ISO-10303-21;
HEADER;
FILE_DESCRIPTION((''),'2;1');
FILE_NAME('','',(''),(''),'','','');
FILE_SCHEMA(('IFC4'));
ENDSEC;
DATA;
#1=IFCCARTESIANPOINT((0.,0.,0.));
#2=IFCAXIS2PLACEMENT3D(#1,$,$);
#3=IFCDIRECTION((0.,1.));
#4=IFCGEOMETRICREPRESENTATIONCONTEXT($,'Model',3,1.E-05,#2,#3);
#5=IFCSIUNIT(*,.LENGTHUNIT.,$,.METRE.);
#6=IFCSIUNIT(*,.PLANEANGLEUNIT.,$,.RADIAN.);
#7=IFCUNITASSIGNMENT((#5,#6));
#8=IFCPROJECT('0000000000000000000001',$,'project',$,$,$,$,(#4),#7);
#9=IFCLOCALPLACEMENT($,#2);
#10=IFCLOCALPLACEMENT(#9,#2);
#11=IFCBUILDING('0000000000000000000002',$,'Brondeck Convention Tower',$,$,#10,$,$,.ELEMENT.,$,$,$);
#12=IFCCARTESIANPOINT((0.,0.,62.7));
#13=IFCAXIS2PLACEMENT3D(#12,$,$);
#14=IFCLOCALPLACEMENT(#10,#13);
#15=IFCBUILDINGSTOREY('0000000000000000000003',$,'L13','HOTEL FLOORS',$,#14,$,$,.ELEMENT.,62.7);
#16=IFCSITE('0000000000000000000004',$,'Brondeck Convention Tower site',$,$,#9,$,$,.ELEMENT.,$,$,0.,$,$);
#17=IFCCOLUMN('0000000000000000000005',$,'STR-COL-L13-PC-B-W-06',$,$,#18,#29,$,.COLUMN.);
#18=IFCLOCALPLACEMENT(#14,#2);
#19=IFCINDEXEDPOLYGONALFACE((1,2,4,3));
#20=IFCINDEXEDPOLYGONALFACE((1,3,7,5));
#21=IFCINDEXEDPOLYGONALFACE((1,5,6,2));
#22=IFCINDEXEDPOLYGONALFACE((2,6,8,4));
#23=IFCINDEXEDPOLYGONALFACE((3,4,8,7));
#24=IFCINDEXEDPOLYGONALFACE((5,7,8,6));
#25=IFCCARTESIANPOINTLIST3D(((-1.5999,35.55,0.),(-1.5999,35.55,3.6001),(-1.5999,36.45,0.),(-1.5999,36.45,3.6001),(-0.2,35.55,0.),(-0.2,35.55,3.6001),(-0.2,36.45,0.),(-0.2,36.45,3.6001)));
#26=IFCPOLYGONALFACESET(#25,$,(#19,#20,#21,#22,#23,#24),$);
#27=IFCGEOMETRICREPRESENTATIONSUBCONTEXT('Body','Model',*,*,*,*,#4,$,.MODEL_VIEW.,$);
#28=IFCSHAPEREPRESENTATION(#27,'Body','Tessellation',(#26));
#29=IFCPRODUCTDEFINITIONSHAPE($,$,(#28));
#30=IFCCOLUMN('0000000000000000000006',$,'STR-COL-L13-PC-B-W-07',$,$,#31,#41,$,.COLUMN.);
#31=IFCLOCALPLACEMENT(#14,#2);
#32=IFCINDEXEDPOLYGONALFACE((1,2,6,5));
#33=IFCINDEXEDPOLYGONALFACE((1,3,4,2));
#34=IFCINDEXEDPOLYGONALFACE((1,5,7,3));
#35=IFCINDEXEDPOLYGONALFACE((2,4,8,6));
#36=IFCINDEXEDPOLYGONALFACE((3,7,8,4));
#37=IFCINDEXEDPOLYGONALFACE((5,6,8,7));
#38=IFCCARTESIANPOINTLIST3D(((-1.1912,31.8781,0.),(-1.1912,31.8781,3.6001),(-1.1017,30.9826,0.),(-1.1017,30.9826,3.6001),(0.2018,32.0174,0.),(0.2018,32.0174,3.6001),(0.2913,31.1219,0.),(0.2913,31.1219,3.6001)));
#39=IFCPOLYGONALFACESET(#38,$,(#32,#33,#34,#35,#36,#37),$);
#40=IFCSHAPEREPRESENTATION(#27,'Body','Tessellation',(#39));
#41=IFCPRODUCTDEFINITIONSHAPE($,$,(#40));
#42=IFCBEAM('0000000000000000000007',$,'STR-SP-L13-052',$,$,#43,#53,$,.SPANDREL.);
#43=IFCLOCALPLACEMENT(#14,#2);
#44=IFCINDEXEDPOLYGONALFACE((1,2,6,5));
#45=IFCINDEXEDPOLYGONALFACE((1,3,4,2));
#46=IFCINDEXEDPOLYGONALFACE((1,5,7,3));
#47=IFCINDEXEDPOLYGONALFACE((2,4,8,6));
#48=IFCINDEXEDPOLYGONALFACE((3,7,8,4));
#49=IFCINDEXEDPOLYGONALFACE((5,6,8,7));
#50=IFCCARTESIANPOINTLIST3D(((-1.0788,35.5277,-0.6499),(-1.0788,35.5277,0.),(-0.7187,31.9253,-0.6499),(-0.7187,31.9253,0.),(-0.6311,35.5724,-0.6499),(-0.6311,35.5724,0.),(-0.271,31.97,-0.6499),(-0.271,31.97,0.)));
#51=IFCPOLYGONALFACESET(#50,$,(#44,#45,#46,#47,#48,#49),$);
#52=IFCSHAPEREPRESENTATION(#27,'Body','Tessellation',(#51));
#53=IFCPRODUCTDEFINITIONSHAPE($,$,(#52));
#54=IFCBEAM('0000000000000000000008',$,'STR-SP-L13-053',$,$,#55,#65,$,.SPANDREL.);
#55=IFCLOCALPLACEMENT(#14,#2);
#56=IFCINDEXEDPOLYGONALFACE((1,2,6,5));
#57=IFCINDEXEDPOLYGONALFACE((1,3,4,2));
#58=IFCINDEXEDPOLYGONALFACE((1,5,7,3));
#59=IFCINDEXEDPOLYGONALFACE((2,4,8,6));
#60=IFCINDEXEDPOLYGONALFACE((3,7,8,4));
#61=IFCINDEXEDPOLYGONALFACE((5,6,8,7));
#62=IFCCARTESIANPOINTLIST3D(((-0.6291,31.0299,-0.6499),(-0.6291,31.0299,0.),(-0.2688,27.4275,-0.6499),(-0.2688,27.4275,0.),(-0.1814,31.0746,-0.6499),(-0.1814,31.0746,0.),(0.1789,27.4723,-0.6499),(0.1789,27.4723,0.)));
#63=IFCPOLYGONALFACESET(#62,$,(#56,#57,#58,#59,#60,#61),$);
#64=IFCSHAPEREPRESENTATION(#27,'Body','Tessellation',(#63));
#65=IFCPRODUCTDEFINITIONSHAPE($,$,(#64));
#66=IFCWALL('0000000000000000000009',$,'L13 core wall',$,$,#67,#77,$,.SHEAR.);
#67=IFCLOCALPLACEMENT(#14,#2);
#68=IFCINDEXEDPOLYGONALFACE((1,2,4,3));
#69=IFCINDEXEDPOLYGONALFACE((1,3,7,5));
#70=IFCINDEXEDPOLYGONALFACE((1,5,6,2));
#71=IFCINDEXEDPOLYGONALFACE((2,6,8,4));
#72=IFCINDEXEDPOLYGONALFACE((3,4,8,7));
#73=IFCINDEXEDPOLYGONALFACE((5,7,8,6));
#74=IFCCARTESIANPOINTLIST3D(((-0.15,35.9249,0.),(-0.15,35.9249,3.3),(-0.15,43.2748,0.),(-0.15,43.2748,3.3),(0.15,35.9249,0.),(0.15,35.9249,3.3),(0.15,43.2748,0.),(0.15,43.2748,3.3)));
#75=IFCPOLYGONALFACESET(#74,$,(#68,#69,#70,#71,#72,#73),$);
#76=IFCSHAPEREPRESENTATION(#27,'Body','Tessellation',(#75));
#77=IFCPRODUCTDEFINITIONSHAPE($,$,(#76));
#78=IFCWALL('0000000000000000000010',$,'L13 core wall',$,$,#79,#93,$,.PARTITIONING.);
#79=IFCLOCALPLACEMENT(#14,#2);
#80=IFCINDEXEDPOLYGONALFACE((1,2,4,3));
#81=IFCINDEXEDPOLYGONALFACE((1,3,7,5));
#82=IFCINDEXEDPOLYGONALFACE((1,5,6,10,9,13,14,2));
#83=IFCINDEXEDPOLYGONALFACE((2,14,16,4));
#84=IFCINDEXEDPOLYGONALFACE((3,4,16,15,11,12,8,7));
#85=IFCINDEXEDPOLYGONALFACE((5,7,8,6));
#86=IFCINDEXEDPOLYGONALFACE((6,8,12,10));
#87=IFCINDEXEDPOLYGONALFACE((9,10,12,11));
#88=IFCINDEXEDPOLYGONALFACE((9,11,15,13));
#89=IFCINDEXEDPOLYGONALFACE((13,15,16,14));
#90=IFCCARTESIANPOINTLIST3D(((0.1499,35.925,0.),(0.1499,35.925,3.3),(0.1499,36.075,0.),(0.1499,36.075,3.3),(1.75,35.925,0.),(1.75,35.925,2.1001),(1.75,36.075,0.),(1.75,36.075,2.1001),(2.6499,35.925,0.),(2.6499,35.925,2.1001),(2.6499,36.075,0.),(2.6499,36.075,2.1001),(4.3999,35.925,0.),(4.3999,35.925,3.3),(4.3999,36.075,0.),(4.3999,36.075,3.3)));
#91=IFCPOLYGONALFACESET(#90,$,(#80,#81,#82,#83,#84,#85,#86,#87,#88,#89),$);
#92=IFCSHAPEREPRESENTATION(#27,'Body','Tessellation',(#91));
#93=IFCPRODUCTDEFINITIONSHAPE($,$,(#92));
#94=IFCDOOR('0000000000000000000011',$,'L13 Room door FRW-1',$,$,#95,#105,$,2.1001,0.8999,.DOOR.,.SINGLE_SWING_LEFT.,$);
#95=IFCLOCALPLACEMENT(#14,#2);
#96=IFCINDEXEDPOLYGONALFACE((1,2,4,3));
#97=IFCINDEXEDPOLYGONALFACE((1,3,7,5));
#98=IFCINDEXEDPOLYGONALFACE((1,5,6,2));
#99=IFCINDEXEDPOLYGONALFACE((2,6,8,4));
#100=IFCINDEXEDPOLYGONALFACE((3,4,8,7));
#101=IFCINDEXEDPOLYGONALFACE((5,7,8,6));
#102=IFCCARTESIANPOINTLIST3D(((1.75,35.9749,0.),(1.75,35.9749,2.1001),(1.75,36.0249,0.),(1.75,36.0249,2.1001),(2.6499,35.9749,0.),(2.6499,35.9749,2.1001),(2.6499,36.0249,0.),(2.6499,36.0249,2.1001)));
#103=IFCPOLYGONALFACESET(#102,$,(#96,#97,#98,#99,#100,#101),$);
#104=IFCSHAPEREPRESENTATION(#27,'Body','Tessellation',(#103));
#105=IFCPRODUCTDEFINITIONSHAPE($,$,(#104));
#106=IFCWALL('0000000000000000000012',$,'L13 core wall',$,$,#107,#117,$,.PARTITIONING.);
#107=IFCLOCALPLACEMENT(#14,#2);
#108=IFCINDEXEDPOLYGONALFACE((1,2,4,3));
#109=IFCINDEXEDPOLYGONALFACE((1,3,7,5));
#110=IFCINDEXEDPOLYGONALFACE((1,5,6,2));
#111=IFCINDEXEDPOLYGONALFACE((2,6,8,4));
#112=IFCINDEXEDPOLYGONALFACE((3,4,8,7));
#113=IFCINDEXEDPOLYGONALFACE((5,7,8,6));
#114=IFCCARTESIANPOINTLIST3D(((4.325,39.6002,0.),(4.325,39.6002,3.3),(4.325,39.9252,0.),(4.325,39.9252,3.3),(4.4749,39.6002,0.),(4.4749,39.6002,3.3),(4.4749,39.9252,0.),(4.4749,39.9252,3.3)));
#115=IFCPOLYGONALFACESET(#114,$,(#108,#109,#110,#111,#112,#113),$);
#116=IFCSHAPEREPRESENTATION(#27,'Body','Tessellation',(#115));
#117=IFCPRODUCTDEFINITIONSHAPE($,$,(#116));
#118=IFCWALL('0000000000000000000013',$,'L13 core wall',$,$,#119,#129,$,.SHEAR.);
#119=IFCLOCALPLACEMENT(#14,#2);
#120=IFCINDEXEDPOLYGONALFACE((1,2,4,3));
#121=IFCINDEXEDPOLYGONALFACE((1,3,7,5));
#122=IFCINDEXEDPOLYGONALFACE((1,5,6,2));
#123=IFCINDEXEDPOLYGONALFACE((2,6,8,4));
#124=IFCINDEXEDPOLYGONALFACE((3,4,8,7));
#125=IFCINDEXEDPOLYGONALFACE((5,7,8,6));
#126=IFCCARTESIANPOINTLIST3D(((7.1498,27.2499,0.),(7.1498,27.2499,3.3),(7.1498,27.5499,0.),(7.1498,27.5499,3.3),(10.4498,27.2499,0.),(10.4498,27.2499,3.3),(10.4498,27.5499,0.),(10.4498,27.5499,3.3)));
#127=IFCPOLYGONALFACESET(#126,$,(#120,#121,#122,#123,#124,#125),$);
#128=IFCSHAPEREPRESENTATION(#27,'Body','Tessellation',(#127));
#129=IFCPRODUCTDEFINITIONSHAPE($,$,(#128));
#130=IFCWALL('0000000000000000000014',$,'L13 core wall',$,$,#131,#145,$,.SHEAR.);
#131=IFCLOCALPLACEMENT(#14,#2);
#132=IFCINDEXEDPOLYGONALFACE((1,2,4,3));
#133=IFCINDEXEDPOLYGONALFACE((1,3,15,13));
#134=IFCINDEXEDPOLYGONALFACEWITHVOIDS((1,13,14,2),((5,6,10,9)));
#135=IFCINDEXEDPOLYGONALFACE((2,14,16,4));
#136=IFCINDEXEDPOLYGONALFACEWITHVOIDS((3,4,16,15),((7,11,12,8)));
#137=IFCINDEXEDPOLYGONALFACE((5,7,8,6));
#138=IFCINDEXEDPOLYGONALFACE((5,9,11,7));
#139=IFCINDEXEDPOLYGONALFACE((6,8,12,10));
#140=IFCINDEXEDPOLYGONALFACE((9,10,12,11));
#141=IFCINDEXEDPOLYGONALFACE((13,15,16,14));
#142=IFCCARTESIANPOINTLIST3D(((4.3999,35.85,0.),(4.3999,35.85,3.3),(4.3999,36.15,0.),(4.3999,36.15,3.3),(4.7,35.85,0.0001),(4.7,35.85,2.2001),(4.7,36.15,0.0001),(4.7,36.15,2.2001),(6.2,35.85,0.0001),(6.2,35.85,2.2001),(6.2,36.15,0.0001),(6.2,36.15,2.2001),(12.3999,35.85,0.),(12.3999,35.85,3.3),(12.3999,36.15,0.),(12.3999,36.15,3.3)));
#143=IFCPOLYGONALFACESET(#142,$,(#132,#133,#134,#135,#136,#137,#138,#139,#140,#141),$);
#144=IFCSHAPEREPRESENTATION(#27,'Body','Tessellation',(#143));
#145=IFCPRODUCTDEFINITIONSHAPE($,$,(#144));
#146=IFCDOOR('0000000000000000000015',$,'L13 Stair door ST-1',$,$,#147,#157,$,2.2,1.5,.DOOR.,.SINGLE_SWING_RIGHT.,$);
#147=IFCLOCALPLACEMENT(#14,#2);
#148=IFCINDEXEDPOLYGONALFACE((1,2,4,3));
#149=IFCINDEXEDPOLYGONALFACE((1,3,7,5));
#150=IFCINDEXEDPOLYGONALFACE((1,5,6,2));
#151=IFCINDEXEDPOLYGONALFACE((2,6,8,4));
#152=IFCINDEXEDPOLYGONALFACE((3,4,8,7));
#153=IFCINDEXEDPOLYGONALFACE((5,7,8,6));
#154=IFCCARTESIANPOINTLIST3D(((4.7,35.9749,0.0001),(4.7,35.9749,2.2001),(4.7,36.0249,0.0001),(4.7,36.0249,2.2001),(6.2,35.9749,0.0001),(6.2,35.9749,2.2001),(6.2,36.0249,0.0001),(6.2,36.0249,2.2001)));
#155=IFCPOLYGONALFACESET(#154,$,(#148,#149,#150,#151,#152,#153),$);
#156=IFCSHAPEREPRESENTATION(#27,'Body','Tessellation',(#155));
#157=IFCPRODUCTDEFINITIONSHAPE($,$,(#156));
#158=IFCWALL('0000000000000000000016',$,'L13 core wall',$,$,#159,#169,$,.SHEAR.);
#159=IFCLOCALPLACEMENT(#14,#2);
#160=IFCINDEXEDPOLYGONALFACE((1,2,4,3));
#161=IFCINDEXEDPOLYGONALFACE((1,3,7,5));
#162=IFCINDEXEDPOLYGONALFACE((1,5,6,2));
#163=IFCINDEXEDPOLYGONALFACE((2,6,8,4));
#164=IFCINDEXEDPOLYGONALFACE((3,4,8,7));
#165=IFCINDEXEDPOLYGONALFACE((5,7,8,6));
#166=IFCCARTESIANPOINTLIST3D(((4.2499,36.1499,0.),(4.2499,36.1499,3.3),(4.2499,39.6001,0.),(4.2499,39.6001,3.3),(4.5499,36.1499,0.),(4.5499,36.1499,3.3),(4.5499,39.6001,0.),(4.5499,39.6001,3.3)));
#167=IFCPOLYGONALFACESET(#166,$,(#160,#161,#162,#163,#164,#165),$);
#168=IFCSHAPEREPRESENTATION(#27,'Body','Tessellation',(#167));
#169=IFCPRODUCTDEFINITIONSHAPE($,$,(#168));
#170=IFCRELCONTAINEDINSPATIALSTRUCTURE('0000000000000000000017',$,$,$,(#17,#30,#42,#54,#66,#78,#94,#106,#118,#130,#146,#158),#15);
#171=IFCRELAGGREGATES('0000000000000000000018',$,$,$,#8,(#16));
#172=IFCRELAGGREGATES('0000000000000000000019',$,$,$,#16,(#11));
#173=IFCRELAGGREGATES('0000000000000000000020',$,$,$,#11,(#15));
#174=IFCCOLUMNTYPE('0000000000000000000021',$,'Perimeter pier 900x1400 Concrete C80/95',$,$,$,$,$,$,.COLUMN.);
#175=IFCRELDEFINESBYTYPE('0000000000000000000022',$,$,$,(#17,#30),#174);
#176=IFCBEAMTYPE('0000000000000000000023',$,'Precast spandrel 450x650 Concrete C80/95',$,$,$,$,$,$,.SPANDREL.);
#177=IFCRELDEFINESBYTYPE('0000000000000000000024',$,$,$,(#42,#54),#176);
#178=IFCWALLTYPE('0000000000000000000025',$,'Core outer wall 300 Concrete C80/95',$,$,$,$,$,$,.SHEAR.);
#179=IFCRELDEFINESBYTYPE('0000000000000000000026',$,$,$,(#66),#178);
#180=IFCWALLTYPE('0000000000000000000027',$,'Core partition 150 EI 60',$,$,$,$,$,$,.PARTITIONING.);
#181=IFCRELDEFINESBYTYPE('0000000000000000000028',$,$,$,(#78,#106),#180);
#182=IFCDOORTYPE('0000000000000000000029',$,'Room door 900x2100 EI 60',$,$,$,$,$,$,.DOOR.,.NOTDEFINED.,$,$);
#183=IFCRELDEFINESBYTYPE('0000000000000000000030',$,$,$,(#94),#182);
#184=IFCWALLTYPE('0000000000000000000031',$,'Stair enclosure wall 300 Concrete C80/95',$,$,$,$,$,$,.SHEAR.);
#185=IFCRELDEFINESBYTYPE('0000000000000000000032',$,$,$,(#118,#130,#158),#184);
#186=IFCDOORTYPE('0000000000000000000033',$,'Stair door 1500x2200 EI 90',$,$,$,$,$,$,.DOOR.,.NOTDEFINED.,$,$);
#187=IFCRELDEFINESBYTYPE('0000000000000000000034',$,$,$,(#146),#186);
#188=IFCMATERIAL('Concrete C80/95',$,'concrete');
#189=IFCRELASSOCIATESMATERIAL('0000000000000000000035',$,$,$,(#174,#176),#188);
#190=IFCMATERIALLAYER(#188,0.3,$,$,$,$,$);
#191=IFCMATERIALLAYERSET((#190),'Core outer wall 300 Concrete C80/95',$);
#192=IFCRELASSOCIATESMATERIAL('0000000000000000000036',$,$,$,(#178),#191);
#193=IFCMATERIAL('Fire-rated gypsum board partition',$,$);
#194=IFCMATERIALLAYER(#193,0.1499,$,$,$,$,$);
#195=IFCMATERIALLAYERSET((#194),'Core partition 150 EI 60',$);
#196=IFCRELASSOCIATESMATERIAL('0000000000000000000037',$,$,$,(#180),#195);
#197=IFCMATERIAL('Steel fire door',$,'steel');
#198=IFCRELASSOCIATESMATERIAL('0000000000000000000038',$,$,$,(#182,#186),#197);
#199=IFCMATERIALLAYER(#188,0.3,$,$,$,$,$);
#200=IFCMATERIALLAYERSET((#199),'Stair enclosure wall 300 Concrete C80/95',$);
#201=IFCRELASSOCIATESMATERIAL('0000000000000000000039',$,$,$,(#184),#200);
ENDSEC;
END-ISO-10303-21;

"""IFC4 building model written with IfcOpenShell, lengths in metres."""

from ifc_helpers import new_model, si_unit, direction, frame, frame_2d, origin, origin_2d, place, context, subcontext, project, spatial, rectangle, extrude, material, layer, layer_set, material_profile, profile_set, type_object, element, fill, save


model = new_model("IFC4")

# Units and contexts
model_context = context("Model", 3, precision=1e-05, world=origin(), true_north=direction((0.0, 1.0)))
body_context = subcontext(model_context, "Body", "Model", "MODEL_VIEW")
ifc_project = project(units=[si_unit("LENGTHUNIT", "METRE"), si_unit("PLANEANGLEUNIT", "RADIAN")], contexts=[model_context])

# Site, building, storey
site_placement = place(None, origin())
site = spatial("IfcSite", under=ifc_project, at=site_placement, Name="Brondeck Convention Tower site", CompositionType="ELEMENT", RefElevation=0.0)
building_placement = place(site_placement, origin())
building = spatial("IfcBuilding", under=site, at=building_placement, Name="Brondeck Convention Tower", CompositionType="ELEMENT")
storey_placement = place(building_placement, frame((0.0, 0.0, 62.7)))
storey = spatial("IfcBuildingStorey", under=building, at=storey_placement, Name="L13", Description="HOTEL FLOORS", CompositionType="ELEMENT", Elevation=62.7)

# Columns
ifc_material_1 = material(Name="Concrete C80/95", Category="concrete")
ifc_material_profile_1 = material_profile(ifc_material_1, rectangle(XDim=0.8999, YDim=1.3999, at=origin_2d()), Name="Perimeter pier 900x1400 Concrete C80/95")
ifc_profile_set_1 = profile_set([ifc_material_profile_1], Name="Concrete C80/95")
column_type = type_object("IfcColumnType", Name="Perimeter pier 900x1400 Concrete C80/95", PredefinedType="COLUMN", material=ifc_profile_set_1)
for number, where, z_axis, x_axis, name in (
    (1, (-0.8999, 36.0, 0.0), (0.0, 0.0, 1.0), (0.0, -1.0, 0.0), "STR-COL-L13-PC-B-W-06"),
    (2, (-0.45, 31.5, 0.0), (0.0, 0.0, 1.0), (0.099504, -0.995037, 0.0), "STR-COL-L13-PC-B-W-07"),
):
    element("IfcColumn", number, at=place(storey_placement, frame(where, z_axis=z_axis, x_axis=x_axis)), inside=storey, type_object=column_type, Name=name, PredefinedType="COLUMN", context=body_context, shape_type="SweptSolid", body=[
        extrude(rectangle(XDim=0.8999, YDim=1.3999, at=origin_2d()), origin(), (0.0, 0.0, 1.0), 3.6001),
    ])

# Beams
ifc_material_profile_2 = material_profile(ifc_material_1, rectangle(XDim=0.45, YDim=0.6499, at=origin_2d()), Name="Precast spandrel 450x650 Concrete C80/95")
ifc_profile_set_2 = profile_set([ifc_material_profile_2], Name="Concrete C80/95")
beam_type = type_object("IfcBeamType", Name="Precast spandrel 450x650 Concrete C80/95", PredefinedType="SPANDREL", material=ifc_profile_set_2)
for number, where, z_axis, x_axis, name in (
    (3, (-0.855, 35.55, -0.325), (0.09947, -0.995041, 0.0), (0.995041, 0.09947, 0.0), "STR-SP-L13-052"),
    (4, (-0.4053, 31.0522, -0.325), (0.099537, -0.995034, 0.0), (0.995034, 0.099537, 0.0), "STR-SP-L13-053"),
):
    element("IfcBeam", number, at=place(storey_placement, frame(where, z_axis=z_axis, x_axis=x_axis)), inside=storey, type_object=beam_type, Name=name, PredefinedType="SPANDREL", context=body_context, shape_type="SweptSolid", body=[
        extrude(rectangle(XDim=0.45, YDim=0.6499, at=origin_2d()), origin(), (0.0, 0.0, 1.0), 3.6204),
    ])

# Wall
ifc_layer_1 = layer(ifc_material_1, 0.3)
ifc_layer_set_1 = layer_set([ifc_layer_1], Name="Core outer wall 300 Concrete C80/95")
wall_type_1 = type_object("IfcWallType", Name="Core outer wall 300 Concrete C80/95", PredefinedType="SHEAR", material=ifc_layer_set_1)
wall_1_placement = place(storey_placement, frame((0.0, 35.925, 0.0), z_axis=(0.0, 0.0, 1.0), x_axis=(0.0, 1.0, 0.0)))
element("IfcWall", 5, at=wall_1_placement, inside=storey, type_object=wall_type_1, Name="L13 core wall", PredefinedType="SHEAR", context=body_context, shape_type="SweptSolid", body=[
    extrude(rectangle(XDim=7.3499, YDim=0.3, at=frame_2d((3.6748, 0.0))), origin(), (0.0, 0.0, 1.0), 3.3),
])

# Wall, opening, door
ifc_material_2 = material(Name="Fire-rated gypsum board partition")
ifc_layer_2 = layer(ifc_material_2, 0.1499)
ifc_layer_set_2 = layer_set([ifc_layer_2], Name="Core partition 150 EI 60")
wall_type_2 = type_object("IfcWallType", Name="Core partition 150 EI 60", PredefinedType="PARTITIONING", material=ifc_layer_set_2)
wall_2_placement = place(storey_placement, frame((0.1499, 36.0, 0.0), z_axis=(0.0, 0.0, 1.0), x_axis=(1.0, 0.0, 0.0)))
wall_2 = element("IfcWall", 6, at=wall_2_placement, inside=storey, type_object=wall_type_2, Name="L13 core wall", PredefinedType="PARTITIONING", context=body_context, shape_type="SweptSolid", body=[
    extrude(rectangle(XDim=4.25, YDim=0.1499, at=frame_2d((2.125, 0.0))), origin(), (0.0, 0.0, 1.0), 3.3),
])
opening_1_placement = place(wall_2_placement, frame((1.6001, 0.0, 0.0)))
opening_1 = element("IfcOpeningElement", 7, at=opening_1_placement, cuts=wall_2, PredefinedType="OPENING", context=body_context, shape_type="SweptSolid", body=[
    extrude(rectangle(XDim=0.8999, YDim=2.1001, at=frame_2d((0.45, 1.05))), frame((0.0, 0.085, 0.0), z_axis=(0.0, -1.0, 0.0), x_axis=(1.0, 0.0, 0.0)), (0.0, 0.0, 1.0), 0.1699),
])
ifc_material_3 = material(Name="Steel fire door", Category="steel")
door_type_1 = type_object("IfcDoorType", Name="Room door 900x2100 EI 60", OperationType="NOTDEFINED", PredefinedType="DOOR", material=ifc_material_3)
door_1_placement = place(opening_1_placement, origin())
door_1 = element("IfcDoor", 8, at=door_1_placement, inside=storey, type_object=door_type_1, Name="L13 Room door FRW-1", OperationType="SINGLE_SWING_LEFT", OverallHeight=2.1001, OverallWidth=0.8999, PredefinedType="DOOR", context=body_context, shape_type="SweptSolid", body=[
    extrude(rectangle(XDim=0.8999, YDim=2.1001, at=frame_2d((0.45, 1.05))), frame((0.0, 0.0249, 0.0), z_axis=(0.0, -1.0, 0.0), x_axis=(1.0, 0.0, 0.0)), (0.0, 0.0, 1.0), 0.05),
])
fill(opening_1, door_1)

# Walls
wall_3_placement = place(storey_placement, frame((4.3999, 39.6001, 0.0), z_axis=(0.0, 0.0, 1.0), x_axis=(0.0, 1.0, 0.0)))
element("IfcWall", 9, at=wall_3_placement, inside=storey, type_object=wall_type_2, Name="L13 core wall", PredefinedType="PARTITIONING", context=body_context, shape_type="SweptSolid", body=[
    extrude(rectangle(XDim=0.325, YDim=0.1499, at=frame_2d((0.1626, 0.0))), origin(), (0.0, 0.0, 1.0), 3.3),
])
ifc_layer_3 = layer(ifc_material_1, 0.3)
ifc_layer_set_3 = layer_set([ifc_layer_3], Name="Stair enclosure wall 300 Concrete C80/95")
wall_type_3 = type_object("IfcWallType", Name="Stair enclosure wall 300 Concrete C80/95", PredefinedType="SHEAR", material=ifc_layer_set_3)
wall_4_placement = place(storey_placement, frame((7.1499, 27.3999, 0.0), z_axis=(0.0, 0.0, 1.0), x_axis=(1.0, 0.0, 0.0)))
element("IfcWall", 10, at=wall_4_placement, inside=storey, type_object=wall_type_3, Name="L13 core wall", PredefinedType="SHEAR", context=body_context, shape_type="SweptSolid", body=[
    extrude(rectangle(XDim=3.3, YDim=0.3, at=frame_2d((1.6499, 0.0))), origin(), (0.0, 0.0, 1.0), 3.3),
])

# Wall, opening, door
wall_5_placement = place(storey_placement, frame((4.3999, 36.0, 0.0), z_axis=(0.0, 0.0, 1.0), x_axis=(1.0, 0.0, 0.0)))
wall_5 = element("IfcWall", 11, at=wall_5_placement, inside=storey, type_object=wall_type_3, Name="L13 core wall", PredefinedType="SHEAR", context=body_context, shape_type="SweptSolid", body=[
    extrude(rectangle(XDim=8.0, YDim=0.3, at=frame_2d((4.0, 0.0))), origin(), (0.0, 0.0, 1.0), 3.3),
])
opening_2_placement = place(wall_5_placement, frame((0.3, 0.0, 0.0)))
opening_2 = element("IfcOpeningElement", 12, at=opening_2_placement, cuts=wall_5, PredefinedType="OPENING", context=body_context, shape_type="SweptSolid", body=[
    extrude(rectangle(XDim=1.5, YDim=2.2, at=frame_2d((0.75, 1.1001))), frame((0.0, 0.1599, 0.0), z_axis=(0.0, -1.0, 0.0), x_axis=(1.0, 0.0, 0.0)), (0.0, 0.0, 1.0), 0.3201),
])
door_type_2 = type_object("IfcDoorType", Name="Stair door 1500x2200 EI 90", OperationType="NOTDEFINED", PredefinedType="DOOR", material=ifc_material_3)
door_2_placement = place(opening_2_placement, origin())
door_2 = element("IfcDoor", 13, at=door_2_placement, inside=storey, type_object=door_type_2, Name="L13 Stair door ST-1", OperationType="SINGLE_SWING_RIGHT", OverallHeight=2.2, OverallWidth=1.5, PredefinedType="DOOR", context=body_context, shape_type="SweptSolid", body=[
    extrude(rectangle(XDim=1.5, YDim=2.2, at=frame_2d((0.75, 1.1001))), frame((0.0, 0.0249, 0.0), z_axis=(0.0, -1.0, 0.0), x_axis=(1.0, 0.0, 0.0)), (0.0, 0.0, 1.0), 0.05),
])
fill(opening_2, door_2)

# Wall
wall_6_placement = place(storey_placement, frame((4.3999, 36.1499, 0.0), z_axis=(0.0, 0.0, 1.0), x_axis=(0.0, 1.0, 0.0)))
element("IfcWall", 14, at=wall_6_placement, inside=storey, type_object=wall_type_3, Name="L13 core wall", PredefinedType="SHEAR", context=body_context, shape_type="SweptSolid", body=[
    extrude(rectangle(XDim=3.4502, YDim=0.3, at=frame_2d((1.7251, 0.0))), origin(), (0.0, 0.0, 1.0), 3.3),
])

save(model, "model.ifc")
